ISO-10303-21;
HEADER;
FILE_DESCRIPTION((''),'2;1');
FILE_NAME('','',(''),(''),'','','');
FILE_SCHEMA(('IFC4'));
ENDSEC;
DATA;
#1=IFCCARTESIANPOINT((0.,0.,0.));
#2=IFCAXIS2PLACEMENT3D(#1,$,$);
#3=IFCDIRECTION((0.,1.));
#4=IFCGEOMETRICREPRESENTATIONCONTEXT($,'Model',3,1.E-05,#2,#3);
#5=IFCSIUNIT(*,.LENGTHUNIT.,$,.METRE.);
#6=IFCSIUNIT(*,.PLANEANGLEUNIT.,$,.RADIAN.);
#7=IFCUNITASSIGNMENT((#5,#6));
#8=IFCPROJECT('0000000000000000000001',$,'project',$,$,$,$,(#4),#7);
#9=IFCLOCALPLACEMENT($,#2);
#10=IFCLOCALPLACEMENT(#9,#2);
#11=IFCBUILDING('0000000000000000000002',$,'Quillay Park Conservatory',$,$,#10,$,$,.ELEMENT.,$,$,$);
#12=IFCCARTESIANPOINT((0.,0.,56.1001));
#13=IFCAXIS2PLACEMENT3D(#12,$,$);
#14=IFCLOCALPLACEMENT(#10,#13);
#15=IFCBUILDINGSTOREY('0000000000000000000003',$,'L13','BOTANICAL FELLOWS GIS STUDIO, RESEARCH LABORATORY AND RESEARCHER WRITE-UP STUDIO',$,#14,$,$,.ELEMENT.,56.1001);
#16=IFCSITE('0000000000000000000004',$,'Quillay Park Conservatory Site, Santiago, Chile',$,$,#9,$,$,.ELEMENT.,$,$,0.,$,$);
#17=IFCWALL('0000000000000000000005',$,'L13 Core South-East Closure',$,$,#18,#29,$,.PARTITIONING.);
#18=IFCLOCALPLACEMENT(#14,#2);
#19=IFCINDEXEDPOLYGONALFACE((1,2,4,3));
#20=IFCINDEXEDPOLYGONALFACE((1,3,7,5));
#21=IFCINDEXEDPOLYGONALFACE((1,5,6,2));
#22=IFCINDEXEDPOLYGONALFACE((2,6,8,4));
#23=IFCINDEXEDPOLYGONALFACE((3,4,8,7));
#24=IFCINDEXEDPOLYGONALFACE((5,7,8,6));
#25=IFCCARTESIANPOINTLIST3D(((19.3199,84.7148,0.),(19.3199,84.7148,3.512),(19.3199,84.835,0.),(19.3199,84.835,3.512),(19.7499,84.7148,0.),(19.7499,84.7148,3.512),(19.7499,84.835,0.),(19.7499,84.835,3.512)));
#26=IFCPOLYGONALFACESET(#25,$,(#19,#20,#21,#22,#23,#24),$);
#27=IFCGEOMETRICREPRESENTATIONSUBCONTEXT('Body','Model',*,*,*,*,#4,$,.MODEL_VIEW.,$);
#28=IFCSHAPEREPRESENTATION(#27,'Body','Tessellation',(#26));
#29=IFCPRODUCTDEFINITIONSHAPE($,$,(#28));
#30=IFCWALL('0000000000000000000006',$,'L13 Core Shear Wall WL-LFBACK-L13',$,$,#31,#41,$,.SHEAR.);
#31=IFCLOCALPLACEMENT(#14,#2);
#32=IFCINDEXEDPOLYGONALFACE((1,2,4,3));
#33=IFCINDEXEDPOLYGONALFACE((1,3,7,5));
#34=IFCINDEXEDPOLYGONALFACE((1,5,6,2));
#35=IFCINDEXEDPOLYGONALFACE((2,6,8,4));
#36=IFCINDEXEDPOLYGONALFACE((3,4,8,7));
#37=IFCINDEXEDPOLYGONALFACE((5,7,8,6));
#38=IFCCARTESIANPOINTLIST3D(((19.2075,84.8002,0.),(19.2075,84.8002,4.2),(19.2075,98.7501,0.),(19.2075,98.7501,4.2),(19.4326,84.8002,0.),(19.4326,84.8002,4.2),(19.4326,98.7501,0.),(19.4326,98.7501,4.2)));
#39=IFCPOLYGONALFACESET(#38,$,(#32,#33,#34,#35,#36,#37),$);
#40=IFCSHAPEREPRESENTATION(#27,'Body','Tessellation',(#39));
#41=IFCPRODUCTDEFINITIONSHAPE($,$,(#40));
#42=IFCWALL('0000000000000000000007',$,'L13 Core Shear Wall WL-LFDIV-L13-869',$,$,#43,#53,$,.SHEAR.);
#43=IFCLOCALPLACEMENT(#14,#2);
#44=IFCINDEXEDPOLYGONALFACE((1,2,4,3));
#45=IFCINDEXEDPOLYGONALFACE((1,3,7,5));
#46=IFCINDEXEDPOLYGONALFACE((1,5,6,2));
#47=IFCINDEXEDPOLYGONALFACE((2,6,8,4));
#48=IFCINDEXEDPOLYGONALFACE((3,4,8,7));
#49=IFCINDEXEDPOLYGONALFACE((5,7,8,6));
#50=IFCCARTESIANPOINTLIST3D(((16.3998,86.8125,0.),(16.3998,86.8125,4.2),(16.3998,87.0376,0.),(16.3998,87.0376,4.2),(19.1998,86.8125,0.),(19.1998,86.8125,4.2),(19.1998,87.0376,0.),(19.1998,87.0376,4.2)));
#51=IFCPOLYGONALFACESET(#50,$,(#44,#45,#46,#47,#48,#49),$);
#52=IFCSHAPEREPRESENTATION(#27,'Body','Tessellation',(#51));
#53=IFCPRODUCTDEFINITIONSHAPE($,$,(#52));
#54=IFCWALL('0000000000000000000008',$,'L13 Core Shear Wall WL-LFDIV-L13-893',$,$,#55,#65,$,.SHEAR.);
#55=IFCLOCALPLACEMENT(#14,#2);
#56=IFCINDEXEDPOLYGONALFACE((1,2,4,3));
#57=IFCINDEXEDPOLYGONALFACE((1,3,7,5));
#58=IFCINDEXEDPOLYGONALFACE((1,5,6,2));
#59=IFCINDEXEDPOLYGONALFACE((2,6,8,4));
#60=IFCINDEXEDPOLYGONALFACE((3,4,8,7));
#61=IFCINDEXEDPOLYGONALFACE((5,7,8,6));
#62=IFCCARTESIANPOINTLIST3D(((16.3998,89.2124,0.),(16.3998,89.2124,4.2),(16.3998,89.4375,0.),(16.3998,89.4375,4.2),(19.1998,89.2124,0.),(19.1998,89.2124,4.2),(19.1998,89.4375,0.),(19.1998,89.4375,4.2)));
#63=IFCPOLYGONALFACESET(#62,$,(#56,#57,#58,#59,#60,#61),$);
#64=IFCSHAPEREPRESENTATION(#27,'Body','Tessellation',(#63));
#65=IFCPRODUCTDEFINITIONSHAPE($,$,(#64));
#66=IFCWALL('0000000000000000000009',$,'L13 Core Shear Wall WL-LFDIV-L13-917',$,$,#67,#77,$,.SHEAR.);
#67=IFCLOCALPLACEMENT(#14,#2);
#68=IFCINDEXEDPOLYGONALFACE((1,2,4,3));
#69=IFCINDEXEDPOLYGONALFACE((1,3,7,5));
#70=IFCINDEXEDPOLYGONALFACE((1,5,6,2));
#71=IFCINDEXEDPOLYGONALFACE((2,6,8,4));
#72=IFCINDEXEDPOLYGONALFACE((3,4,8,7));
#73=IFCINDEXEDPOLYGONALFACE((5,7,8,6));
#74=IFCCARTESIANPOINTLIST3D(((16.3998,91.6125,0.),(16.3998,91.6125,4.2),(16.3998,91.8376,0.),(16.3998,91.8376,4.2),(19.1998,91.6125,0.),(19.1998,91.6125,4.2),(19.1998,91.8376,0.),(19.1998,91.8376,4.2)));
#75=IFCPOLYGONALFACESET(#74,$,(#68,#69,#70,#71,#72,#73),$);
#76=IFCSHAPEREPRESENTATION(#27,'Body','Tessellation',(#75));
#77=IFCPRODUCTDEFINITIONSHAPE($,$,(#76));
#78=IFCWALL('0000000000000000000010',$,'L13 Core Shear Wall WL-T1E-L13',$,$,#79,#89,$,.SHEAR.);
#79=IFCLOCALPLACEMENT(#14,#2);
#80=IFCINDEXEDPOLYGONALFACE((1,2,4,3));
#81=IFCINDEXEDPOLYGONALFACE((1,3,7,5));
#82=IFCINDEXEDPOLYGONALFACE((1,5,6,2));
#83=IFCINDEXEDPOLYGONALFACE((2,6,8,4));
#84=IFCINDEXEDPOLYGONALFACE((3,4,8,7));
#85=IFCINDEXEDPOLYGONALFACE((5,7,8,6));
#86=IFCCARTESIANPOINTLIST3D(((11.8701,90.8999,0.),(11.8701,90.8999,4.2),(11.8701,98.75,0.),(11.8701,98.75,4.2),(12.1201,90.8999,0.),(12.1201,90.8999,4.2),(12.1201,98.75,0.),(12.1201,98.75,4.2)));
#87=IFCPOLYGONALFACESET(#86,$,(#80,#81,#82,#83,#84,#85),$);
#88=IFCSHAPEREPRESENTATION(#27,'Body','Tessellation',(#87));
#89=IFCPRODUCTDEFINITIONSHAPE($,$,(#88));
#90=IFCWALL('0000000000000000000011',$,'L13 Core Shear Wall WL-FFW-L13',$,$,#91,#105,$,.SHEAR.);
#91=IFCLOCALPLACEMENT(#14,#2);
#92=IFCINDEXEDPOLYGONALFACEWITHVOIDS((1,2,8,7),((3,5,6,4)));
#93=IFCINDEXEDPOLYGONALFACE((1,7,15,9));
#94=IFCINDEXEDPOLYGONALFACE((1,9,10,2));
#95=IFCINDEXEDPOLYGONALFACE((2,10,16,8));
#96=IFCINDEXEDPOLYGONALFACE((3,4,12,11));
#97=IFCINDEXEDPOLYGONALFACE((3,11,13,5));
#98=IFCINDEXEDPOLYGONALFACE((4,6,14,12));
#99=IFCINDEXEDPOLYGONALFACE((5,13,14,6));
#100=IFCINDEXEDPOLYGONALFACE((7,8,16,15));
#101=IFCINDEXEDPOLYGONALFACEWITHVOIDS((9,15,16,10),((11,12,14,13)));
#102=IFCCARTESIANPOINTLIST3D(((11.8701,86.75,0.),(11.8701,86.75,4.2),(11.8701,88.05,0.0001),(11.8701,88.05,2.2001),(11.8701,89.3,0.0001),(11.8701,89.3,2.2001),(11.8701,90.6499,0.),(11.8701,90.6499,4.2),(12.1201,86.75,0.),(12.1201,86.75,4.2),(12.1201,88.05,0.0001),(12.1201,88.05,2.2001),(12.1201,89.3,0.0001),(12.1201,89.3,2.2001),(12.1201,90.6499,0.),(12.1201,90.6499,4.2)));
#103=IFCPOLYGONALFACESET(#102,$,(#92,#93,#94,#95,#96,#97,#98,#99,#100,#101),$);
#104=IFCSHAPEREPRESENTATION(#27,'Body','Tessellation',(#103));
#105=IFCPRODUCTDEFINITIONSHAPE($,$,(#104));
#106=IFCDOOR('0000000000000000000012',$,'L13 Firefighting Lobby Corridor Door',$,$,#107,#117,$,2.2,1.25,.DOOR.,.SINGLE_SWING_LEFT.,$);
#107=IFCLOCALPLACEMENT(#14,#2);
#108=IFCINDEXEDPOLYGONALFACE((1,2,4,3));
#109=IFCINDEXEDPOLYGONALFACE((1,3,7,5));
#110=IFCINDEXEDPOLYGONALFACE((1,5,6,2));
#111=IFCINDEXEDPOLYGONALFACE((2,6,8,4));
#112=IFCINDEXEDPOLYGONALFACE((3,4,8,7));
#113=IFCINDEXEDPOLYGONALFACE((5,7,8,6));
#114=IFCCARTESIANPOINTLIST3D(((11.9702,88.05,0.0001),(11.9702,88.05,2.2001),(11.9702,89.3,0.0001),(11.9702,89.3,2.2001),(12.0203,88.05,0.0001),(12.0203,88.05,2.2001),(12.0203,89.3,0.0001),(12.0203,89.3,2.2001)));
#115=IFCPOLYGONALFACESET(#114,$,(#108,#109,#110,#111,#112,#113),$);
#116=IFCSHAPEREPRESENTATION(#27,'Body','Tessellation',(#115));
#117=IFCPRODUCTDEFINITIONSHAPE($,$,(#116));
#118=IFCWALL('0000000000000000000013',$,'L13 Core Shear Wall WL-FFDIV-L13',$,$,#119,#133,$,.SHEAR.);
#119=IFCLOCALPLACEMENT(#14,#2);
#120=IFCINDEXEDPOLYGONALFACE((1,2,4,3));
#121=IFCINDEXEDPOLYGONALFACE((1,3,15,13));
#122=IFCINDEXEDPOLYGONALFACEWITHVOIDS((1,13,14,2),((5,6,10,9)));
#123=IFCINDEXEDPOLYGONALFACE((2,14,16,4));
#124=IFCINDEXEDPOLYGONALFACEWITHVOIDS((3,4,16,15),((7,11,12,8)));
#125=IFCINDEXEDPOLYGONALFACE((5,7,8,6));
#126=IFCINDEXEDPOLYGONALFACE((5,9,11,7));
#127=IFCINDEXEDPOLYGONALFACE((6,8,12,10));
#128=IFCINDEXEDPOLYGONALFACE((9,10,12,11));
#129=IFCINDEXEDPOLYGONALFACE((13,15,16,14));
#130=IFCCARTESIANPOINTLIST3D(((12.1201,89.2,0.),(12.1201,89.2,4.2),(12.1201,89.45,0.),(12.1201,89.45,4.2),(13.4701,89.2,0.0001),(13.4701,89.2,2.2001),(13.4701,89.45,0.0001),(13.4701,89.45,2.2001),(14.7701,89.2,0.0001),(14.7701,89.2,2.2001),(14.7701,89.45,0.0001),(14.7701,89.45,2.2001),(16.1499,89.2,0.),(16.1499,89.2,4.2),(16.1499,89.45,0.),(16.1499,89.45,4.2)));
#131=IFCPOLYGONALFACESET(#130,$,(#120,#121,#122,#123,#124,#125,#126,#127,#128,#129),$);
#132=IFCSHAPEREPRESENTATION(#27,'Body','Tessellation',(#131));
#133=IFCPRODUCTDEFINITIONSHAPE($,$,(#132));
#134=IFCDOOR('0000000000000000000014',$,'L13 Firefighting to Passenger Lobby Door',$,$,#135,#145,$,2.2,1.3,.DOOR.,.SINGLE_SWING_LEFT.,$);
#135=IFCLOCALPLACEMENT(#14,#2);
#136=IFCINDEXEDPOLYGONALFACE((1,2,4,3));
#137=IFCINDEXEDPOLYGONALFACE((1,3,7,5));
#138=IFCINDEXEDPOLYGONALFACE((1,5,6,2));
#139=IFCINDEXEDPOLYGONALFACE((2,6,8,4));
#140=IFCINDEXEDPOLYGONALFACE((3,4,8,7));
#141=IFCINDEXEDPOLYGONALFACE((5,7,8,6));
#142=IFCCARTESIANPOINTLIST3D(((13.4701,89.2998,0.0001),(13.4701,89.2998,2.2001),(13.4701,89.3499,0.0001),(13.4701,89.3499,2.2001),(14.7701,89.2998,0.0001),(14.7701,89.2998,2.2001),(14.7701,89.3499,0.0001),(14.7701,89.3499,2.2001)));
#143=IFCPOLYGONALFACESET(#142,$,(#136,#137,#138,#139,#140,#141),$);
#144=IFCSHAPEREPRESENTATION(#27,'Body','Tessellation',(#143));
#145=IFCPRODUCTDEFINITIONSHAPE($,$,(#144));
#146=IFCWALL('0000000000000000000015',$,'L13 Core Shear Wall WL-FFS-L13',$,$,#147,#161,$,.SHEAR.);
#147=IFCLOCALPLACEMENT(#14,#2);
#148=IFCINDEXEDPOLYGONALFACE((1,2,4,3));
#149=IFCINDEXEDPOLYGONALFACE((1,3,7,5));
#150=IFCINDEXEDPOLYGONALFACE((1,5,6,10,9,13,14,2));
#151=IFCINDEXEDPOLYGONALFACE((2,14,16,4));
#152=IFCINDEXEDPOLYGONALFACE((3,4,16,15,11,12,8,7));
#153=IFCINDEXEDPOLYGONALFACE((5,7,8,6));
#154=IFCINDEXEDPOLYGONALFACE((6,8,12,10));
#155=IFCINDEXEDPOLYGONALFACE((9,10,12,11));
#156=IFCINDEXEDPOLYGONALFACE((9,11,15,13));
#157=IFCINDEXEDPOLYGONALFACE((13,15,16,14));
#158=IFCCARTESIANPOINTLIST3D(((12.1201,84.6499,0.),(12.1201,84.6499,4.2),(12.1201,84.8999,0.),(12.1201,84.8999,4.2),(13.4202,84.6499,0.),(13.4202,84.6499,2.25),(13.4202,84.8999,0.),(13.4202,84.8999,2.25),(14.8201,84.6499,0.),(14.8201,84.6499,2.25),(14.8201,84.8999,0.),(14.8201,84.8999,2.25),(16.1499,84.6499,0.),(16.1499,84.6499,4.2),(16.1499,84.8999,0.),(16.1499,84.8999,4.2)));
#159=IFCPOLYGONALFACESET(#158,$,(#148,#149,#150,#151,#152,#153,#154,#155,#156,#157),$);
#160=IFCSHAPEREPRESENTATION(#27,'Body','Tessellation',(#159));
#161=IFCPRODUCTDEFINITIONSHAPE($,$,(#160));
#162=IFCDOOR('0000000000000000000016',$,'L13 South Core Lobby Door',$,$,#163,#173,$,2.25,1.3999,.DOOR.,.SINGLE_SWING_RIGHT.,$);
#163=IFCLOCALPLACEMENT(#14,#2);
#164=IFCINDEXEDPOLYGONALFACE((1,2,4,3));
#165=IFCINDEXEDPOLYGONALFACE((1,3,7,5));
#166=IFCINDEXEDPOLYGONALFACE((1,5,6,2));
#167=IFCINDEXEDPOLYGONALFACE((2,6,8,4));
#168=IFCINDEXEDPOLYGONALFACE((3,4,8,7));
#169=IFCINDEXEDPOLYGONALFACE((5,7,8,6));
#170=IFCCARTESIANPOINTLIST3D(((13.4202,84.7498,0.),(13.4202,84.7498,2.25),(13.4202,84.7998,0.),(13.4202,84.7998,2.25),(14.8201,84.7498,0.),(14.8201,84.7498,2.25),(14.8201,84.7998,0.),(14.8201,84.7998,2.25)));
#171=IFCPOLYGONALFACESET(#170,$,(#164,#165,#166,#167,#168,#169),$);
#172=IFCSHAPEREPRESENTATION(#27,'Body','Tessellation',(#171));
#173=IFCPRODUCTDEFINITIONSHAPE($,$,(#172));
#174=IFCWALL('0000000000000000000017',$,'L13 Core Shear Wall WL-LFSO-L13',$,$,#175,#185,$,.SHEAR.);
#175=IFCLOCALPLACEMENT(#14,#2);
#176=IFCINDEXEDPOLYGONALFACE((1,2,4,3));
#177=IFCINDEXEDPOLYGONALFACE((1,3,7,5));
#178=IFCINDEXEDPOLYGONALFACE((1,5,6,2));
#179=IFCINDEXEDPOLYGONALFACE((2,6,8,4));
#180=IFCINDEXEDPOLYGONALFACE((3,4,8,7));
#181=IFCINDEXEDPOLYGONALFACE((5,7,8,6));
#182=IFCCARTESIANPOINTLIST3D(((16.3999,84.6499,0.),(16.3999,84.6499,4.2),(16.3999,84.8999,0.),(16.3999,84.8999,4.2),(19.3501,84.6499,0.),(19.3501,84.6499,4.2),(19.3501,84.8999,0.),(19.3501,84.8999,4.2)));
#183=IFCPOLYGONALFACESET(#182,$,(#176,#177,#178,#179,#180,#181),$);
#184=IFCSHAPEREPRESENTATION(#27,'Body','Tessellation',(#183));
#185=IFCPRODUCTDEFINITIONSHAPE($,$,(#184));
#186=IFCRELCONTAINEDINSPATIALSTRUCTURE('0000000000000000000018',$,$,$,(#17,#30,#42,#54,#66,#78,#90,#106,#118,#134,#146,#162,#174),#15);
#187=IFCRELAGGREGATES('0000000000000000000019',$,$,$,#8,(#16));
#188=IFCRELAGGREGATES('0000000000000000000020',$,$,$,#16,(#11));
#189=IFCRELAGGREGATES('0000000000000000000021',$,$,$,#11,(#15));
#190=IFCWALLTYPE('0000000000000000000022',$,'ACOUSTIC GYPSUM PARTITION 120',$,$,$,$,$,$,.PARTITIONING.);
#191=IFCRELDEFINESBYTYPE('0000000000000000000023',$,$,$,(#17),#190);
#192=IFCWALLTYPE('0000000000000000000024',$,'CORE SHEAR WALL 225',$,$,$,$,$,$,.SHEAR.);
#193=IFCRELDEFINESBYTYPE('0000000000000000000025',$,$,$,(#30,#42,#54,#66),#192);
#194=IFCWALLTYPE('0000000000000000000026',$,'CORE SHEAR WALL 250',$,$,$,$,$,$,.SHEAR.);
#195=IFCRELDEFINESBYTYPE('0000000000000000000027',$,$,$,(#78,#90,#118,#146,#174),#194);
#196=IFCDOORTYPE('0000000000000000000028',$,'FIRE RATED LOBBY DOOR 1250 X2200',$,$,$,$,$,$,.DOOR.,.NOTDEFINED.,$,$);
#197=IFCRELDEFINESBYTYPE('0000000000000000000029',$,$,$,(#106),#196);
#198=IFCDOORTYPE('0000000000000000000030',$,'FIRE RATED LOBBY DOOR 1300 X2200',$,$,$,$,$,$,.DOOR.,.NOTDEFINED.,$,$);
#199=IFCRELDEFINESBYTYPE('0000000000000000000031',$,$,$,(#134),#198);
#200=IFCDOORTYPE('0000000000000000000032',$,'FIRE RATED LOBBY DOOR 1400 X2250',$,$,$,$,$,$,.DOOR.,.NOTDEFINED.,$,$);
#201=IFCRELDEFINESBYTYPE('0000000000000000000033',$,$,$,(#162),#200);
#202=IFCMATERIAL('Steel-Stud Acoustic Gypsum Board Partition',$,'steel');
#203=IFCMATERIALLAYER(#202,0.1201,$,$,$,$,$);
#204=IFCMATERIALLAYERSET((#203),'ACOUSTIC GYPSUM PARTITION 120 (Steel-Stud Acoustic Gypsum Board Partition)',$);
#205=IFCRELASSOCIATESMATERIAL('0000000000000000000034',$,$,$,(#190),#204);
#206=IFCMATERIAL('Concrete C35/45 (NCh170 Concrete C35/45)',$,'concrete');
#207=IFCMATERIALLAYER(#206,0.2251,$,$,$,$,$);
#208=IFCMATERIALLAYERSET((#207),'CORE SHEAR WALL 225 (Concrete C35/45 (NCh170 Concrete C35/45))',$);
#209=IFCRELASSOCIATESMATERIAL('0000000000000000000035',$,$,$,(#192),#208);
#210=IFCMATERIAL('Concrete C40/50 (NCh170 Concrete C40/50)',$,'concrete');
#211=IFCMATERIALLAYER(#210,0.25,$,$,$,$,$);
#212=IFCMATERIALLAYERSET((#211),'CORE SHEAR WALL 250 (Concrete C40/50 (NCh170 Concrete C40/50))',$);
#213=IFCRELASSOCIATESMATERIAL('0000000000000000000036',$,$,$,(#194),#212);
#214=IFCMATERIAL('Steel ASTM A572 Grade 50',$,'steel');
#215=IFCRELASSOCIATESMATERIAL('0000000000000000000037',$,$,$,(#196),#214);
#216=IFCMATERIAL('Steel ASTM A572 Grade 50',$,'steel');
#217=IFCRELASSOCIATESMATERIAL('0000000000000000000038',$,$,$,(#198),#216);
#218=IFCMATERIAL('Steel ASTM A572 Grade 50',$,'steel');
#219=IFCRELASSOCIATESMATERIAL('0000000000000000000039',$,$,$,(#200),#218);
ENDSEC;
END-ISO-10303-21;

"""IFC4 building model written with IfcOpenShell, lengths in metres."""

from ifc_helpers import new_model, si_unit, direction, frame, frame_2d, origin, place, context, subcontext, project, spatial, rectangle, extrude, material, layer, layer_set, type_object, element, fill, save


model = new_model("IFC4")

# Units and contexts
model_context = context("Model", 3, precision=1e-05, world=origin(), true_north=direction((0.0, 1.0)))
body_context = subcontext(model_context, "Body", "Model", "MODEL_VIEW")
ifc_project = project(units=[si_unit("LENGTHUNIT", "METRE"), si_unit("PLANEANGLEUNIT", "RADIAN")], contexts=[model_context])

# Site, building, storey
site_placement = place(None, origin())
site = spatial("IfcSite", under=ifc_project, at=site_placement, Name="Quillay Park Conservatory Site, Santiago, Chile", CompositionType="ELEMENT", RefElevation=0.0)
building_placement = place(site_placement, origin())
building = spatial("IfcBuilding", under=site, at=building_placement, Name="Quillay Park Conservatory", CompositionType="ELEMENT")
storey_placement = place(building_placement, frame((0.0, 0.0, 56.1001)))
storey = spatial("IfcBuildingStorey", under=building, at=storey_placement, Name="L13", Description="BOTANICAL FELLOWS GIS STUDIO, RESEARCH LABORATORY AND RESEARCHER WRITE-UP STUDIO", CompositionType="ELEMENT", Elevation=56.1001)

# Walls
ifc_material_1 = material(Name="Steel-Stud Acoustic Gypsum Board Partition", Category="steel")
ifc_layer_1 = layer(ifc_material_1, 0.1201)
ifc_layer_set_1 = layer_set([ifc_layer_1], Name="ACOUSTIC GYPSUM PARTITION 120 (Steel-Stud Acoustic Gypsum Board Partition)")
wall_type_1 = type_object("IfcWallType", Name="ACOUSTIC GYPSUM PARTITION 120", PredefinedType="PARTITIONING", material=ifc_layer_set_1)
wall_1_placement = place(storey_placement, frame((19.3201, 84.7749, 0.0), z_axis=(0.0, 0.0, 1.0), x_axis=(1.0, 0.0, 0.0)))
element("IfcWall", 1, at=wall_1_placement, inside=storey, type_object=wall_type_1, Name="L13 Core South-East Closure", PredefinedType="PARTITIONING", context=body_context, shape_type="SweptSolid", body=[
    extrude(rectangle(XDim=0.4299, YDim=0.1201, at=frame_2d((0.2148, 0.0))), origin(), (0.0, 0.0, 1.0), 3.512),
])
ifc_material_2 = material(Name="Concrete C35/45 (NCh170 Concrete C35/45)", Category="concrete")
ifc_layer_2 = layer(ifc_material_2, 0.2251)
ifc_layer_set_2 = layer_set([ifc_layer_2], Name="CORE SHEAR WALL 225 (Concrete C35/45 (NCh170 Concrete C35/45))")
wall_type_2 = type_object("IfcWallType", Name="CORE SHEAR WALL 225", PredefinedType="SHEAR", material=ifc_layer_set_2)
wall_2_placement = place(storey_placement, frame((19.3201, 84.8, 0.0), z_axis=(0.0, 0.0, 1.0), x_axis=(0.0, 1.0, 0.0)))
element("IfcWall", 2, at=wall_2_placement, inside=storey, type_object=wall_type_2, Name="L13 Core Shear Wall WL-LFBACK-L13", PredefinedType="SHEAR", context=body_context, shape_type="SweptSolid", body=[
    extrude(rectangle(XDim=13.95, YDim=0.2251, at=frame_2d((6.9751, 0.0))), origin(), (0.0, 0.0, 1.0), 4.2),
])
for number, where, z_axis, x_axis, name in (
    (3, (16.3999, 86.925, 0.0), (0.0, 0.0, 1.0), (1.0, 0.0, 0.0), "L13 Core Shear Wall WL-LFDIV-L13-869"),
    (4, (16.3999, 89.325, 0.0), (0.0, 0.0, 1.0), (1.0, 0.0, 0.0), "L13 Core Shear Wall WL-LFDIV-L13-893"),
    (5, (16.3999, 91.7251, 0.0), (0.0, 0.0, 1.0), (1.0, 0.0, 0.0), "L13 Core Shear Wall WL-LFDIV-L13-917"),
):
    element("IfcWall", number, at=place(storey_placement, frame(where, z_axis=z_axis, x_axis=x_axis)), inside=storey, type_object=wall_type_2, Name=name, PredefinedType="SHEAR", context=body_context, shape_type="SweptSolid", body=[
        extrude(rectangle(XDim=2.8, YDim=0.2251, at=frame_2d((1.3999, 0.0))), origin(), (0.0, 0.0, 1.0), 4.2),
    ])
ifc_material_3 = material(Name="Concrete C40/50 (NCh170 Concrete C40/50)", Category="concrete")
ifc_layer_3 = layer(ifc_material_3, 0.25)
ifc_layer_set_3 = layer_set([ifc_layer_3], Name="CORE SHEAR WALL 250 (Concrete C40/50 (NCh170 Concrete C40/50))")
wall_type_3 = type_object("IfcWallType", Name="CORE SHEAR WALL 250", PredefinedType="SHEAR", material=ifc_layer_set_3)
wall_3_placement = place(storey_placement, frame((11.9951, 90.8999, 0.0), z_axis=(0.0, 0.0, 1.0), x_axis=(0.0, 1.0, 0.0)))
element("IfcWall", 6, at=wall_3_placement, inside=storey, type_object=wall_type_3, Name="L13 Core Shear Wall WL-T1E-L13", PredefinedType="SHEAR", context=body_context, shape_type="SweptSolid", body=[
    extrude(rectangle(XDim=7.8501, YDim=0.25, at=frame_2d((3.925, 0.0))), origin(), (0.0, 0.0, 1.0), 4.2),
])

# Walls, openings, doors
wall_4_placement = place(storey_placement, frame((11.9951, 86.75, 0.0), z_axis=(0.0, 0.0, 1.0), x_axis=(0.0, 1.0, 0.0)))
wall_4 = element("IfcWall", 7, at=wall_4_placement, inside=storey, type_object=wall_type_3, Name="L13 Core Shear Wall WL-FFW-L13", PredefinedType="SHEAR", context=body_context, shape_type="SweptSolid", body=[
    extrude(rectangle(XDim=3.8999, YDim=0.25, at=frame_2d((1.95, 0.0))), origin(), (0.0, 0.0, 1.0), 4.2),
])
opening_1_placement = place(wall_4_placement, frame((1.3, 0.0, 0.0)))
opening_1 = element("IfcOpeningElement", 8, at=opening_1_placement, cuts=wall_4, PredefinedType="OPENING", context=body_context, shape_type="SweptSolid", body=[
    extrude(rectangle(XDim=1.25, YDim=2.2, at=frame_2d((0.625, 1.1001))), frame((0.0, 0.125, 0.0), z_axis=(0.0, -1.0, 0.0), x_axis=(1.0, 0.0, 0.0)), (0.0, 0.0, 1.0), 0.25),
])
ifc_material_4 = material(Name="Steel ASTM A572 Grade 50", Category="steel")
door_type_1 = type_object("IfcDoorType", Name="FIRE RATED LOBBY DOOR 1250 X2200", OperationType="NOTDEFINED", PredefinedType="DOOR", material=ifc_material_4)
door_1_placement = place(opening_1_placement, origin())
door_1 = element("IfcDoor", 9, at=door_1_placement, inside=storey, type_object=door_type_1, Name="L13 Firefighting Lobby Corridor Door", OperationType="SINGLE_SWING_LEFT", OverallHeight=2.2, OverallWidth=1.25, PredefinedType="DOOR", context=body_context, shape_type="SweptSolid", body=[
    extrude(rectangle(XDim=1.25, YDim=2.2, at=frame_2d((0.625, 1.1001))), frame((0.0, 0.0249, 0.0), z_axis=(0.0, -1.0, 0.0), x_axis=(1.0, 0.0, 0.0)), (0.0, 0.0, 1.0), 0.05),
])
fill(opening_1, door_1)
wall_5_placement = place(storey_placement, frame((12.1201, 89.325, 0.0), z_axis=(0.0, 0.0, 1.0), x_axis=(1.0, 0.0, 0.0)))
wall_5 = element("IfcWall", 10, at=wall_5_placement, inside=storey, type_object=wall_type_3, Name="L13 Core Shear Wall WL-FFDIV-L13", PredefinedType="SHEAR", context=body_context, shape_type="SweptSolid", body=[
    extrude(rectangle(XDim=4.0298, YDim=0.25, at=frame_2d((2.0149, 0.0))), origin(), (0.0, 0.0, 1.0), 4.2),
])
opening_2_placement = place(wall_5_placement, frame((1.3501, 0.0, 0.0)))
opening_2 = element("IfcOpeningElement", 11, at=opening_2_placement, cuts=wall_5, PredefinedType="OPENING", context=body_context, shape_type="SweptSolid", body=[
    extrude(rectangle(XDim=1.3, YDim=2.2, at=frame_2d((0.6499, 1.1001))), frame((0.0, 0.125, 0.0), z_axis=(0.0, -1.0, 0.0), x_axis=(1.0, 0.0, 0.0)), (0.0, 0.0, 1.0), 0.25),
])
ifc_material_5 = material(Name="Steel ASTM A572 Grade 50", Category="steel")
door_type_2 = type_object("IfcDoorType", Name="FIRE RATED LOBBY DOOR 1300 X2200", OperationType="NOTDEFINED", PredefinedType="DOOR", material=ifc_material_5)
door_2_placement = place(opening_2_placement, origin())
door_2 = element("IfcDoor", 12, at=door_2_placement, inside=storey, type_object=door_type_2, Name="L13 Firefighting to Passenger Lobby Door", OperationType="SINGLE_SWING_LEFT", OverallHeight=2.2, OverallWidth=1.3, PredefinedType="DOOR", context=body_context, shape_type="SweptSolid", body=[
    extrude(rectangle(XDim=1.3, YDim=2.2, at=frame_2d((0.6499, 1.1001))), frame((0.0, 0.0249, 0.0), z_axis=(0.0, -1.0, 0.0), x_axis=(1.0, 0.0, 0.0)), (0.0, 0.0, 1.0), 0.05),
])
fill(opening_2, door_2)
wall_6_placement = place(storey_placement, frame((12.1201, 84.7749, 0.0), z_axis=(0.0, 0.0, 1.0), x_axis=(1.0, 0.0, 0.0)))
wall_6 = element("IfcWall", 13, at=wall_6_placement, inside=storey, type_object=wall_type_3, Name="L13 Core Shear Wall WL-FFS-L13", PredefinedType="SHEAR", context=body_context, shape_type="SweptSolid", body=[
    extrude(rectangle(XDim=4.0298, YDim=0.25, at=frame_2d((2.0149, 0.0))), origin(), (0.0, 0.0, 1.0), 4.2),
])
opening_3_placement = place(wall_6_placement, frame((1.3, 0.0, 0.0)))
opening_3 = element("IfcOpeningElement", 14, at=opening_3_placement, cuts=wall_6, PredefinedType="OPENING", context=body_context, shape_type="SweptSolid", body=[
    extrude(rectangle(XDim=1.3999, YDim=2.25, at=frame_2d((0.7, 1.125))), frame((0.0, 0.125, 0.0), z_axis=(0.0, -1.0, 0.0), x_axis=(1.0, 0.0, 0.0)), (0.0, 0.0, 1.0), 0.25),
])
ifc_material_6 = material(Name="Steel ASTM A572 Grade 50", Category="steel")
door_type_3 = type_object("IfcDoorType", Name="FIRE RATED LOBBY DOOR 1400 X2250", OperationType="NOTDEFINED", PredefinedType="DOOR", material=ifc_material_6)
door_3_placement = place(opening_3_placement, origin())
door_3 = element("IfcDoor", 15, at=door_3_placement, inside=storey, type_object=door_type_3, Name="L13 South Core Lobby Door", OperationType="SINGLE_SWING_RIGHT", OverallHeight=2.25, OverallWidth=1.3999, PredefinedType="DOOR", context=body_context, shape_type="SweptSolid", body=[
    extrude(rectangle(XDim=1.3999, YDim=2.25, at=frame_2d((0.7, 1.125))), frame((0.0, 0.0249, 0.0), z_axis=(0.0, -1.0, 0.0), x_axis=(1.0, 0.0, 0.0)), (0.0, 0.0, 1.0), 0.05),
])
fill(opening_3, door_3)

# Wall
wall_7_placement = place(storey_placement, frame((16.3999, 84.7749, 0.0), z_axis=(0.0, 0.0, 1.0), x_axis=(1.0, 0.0, 0.0)))
element("IfcWall", 16, at=wall_7_placement, inside=storey, type_object=wall_type_3, Name="L13 Core Shear Wall WL-LFSO-L13", PredefinedType="SHEAR", context=body_context, shape_type="SweptSolid", body=[
    extrude(rectangle(XDim=2.9502, YDim=0.25, at=frame_2d((1.4751, 0.0))), origin(), (0.0, 0.0, 1.0), 4.2),
])

save(model, "model.ifc")
